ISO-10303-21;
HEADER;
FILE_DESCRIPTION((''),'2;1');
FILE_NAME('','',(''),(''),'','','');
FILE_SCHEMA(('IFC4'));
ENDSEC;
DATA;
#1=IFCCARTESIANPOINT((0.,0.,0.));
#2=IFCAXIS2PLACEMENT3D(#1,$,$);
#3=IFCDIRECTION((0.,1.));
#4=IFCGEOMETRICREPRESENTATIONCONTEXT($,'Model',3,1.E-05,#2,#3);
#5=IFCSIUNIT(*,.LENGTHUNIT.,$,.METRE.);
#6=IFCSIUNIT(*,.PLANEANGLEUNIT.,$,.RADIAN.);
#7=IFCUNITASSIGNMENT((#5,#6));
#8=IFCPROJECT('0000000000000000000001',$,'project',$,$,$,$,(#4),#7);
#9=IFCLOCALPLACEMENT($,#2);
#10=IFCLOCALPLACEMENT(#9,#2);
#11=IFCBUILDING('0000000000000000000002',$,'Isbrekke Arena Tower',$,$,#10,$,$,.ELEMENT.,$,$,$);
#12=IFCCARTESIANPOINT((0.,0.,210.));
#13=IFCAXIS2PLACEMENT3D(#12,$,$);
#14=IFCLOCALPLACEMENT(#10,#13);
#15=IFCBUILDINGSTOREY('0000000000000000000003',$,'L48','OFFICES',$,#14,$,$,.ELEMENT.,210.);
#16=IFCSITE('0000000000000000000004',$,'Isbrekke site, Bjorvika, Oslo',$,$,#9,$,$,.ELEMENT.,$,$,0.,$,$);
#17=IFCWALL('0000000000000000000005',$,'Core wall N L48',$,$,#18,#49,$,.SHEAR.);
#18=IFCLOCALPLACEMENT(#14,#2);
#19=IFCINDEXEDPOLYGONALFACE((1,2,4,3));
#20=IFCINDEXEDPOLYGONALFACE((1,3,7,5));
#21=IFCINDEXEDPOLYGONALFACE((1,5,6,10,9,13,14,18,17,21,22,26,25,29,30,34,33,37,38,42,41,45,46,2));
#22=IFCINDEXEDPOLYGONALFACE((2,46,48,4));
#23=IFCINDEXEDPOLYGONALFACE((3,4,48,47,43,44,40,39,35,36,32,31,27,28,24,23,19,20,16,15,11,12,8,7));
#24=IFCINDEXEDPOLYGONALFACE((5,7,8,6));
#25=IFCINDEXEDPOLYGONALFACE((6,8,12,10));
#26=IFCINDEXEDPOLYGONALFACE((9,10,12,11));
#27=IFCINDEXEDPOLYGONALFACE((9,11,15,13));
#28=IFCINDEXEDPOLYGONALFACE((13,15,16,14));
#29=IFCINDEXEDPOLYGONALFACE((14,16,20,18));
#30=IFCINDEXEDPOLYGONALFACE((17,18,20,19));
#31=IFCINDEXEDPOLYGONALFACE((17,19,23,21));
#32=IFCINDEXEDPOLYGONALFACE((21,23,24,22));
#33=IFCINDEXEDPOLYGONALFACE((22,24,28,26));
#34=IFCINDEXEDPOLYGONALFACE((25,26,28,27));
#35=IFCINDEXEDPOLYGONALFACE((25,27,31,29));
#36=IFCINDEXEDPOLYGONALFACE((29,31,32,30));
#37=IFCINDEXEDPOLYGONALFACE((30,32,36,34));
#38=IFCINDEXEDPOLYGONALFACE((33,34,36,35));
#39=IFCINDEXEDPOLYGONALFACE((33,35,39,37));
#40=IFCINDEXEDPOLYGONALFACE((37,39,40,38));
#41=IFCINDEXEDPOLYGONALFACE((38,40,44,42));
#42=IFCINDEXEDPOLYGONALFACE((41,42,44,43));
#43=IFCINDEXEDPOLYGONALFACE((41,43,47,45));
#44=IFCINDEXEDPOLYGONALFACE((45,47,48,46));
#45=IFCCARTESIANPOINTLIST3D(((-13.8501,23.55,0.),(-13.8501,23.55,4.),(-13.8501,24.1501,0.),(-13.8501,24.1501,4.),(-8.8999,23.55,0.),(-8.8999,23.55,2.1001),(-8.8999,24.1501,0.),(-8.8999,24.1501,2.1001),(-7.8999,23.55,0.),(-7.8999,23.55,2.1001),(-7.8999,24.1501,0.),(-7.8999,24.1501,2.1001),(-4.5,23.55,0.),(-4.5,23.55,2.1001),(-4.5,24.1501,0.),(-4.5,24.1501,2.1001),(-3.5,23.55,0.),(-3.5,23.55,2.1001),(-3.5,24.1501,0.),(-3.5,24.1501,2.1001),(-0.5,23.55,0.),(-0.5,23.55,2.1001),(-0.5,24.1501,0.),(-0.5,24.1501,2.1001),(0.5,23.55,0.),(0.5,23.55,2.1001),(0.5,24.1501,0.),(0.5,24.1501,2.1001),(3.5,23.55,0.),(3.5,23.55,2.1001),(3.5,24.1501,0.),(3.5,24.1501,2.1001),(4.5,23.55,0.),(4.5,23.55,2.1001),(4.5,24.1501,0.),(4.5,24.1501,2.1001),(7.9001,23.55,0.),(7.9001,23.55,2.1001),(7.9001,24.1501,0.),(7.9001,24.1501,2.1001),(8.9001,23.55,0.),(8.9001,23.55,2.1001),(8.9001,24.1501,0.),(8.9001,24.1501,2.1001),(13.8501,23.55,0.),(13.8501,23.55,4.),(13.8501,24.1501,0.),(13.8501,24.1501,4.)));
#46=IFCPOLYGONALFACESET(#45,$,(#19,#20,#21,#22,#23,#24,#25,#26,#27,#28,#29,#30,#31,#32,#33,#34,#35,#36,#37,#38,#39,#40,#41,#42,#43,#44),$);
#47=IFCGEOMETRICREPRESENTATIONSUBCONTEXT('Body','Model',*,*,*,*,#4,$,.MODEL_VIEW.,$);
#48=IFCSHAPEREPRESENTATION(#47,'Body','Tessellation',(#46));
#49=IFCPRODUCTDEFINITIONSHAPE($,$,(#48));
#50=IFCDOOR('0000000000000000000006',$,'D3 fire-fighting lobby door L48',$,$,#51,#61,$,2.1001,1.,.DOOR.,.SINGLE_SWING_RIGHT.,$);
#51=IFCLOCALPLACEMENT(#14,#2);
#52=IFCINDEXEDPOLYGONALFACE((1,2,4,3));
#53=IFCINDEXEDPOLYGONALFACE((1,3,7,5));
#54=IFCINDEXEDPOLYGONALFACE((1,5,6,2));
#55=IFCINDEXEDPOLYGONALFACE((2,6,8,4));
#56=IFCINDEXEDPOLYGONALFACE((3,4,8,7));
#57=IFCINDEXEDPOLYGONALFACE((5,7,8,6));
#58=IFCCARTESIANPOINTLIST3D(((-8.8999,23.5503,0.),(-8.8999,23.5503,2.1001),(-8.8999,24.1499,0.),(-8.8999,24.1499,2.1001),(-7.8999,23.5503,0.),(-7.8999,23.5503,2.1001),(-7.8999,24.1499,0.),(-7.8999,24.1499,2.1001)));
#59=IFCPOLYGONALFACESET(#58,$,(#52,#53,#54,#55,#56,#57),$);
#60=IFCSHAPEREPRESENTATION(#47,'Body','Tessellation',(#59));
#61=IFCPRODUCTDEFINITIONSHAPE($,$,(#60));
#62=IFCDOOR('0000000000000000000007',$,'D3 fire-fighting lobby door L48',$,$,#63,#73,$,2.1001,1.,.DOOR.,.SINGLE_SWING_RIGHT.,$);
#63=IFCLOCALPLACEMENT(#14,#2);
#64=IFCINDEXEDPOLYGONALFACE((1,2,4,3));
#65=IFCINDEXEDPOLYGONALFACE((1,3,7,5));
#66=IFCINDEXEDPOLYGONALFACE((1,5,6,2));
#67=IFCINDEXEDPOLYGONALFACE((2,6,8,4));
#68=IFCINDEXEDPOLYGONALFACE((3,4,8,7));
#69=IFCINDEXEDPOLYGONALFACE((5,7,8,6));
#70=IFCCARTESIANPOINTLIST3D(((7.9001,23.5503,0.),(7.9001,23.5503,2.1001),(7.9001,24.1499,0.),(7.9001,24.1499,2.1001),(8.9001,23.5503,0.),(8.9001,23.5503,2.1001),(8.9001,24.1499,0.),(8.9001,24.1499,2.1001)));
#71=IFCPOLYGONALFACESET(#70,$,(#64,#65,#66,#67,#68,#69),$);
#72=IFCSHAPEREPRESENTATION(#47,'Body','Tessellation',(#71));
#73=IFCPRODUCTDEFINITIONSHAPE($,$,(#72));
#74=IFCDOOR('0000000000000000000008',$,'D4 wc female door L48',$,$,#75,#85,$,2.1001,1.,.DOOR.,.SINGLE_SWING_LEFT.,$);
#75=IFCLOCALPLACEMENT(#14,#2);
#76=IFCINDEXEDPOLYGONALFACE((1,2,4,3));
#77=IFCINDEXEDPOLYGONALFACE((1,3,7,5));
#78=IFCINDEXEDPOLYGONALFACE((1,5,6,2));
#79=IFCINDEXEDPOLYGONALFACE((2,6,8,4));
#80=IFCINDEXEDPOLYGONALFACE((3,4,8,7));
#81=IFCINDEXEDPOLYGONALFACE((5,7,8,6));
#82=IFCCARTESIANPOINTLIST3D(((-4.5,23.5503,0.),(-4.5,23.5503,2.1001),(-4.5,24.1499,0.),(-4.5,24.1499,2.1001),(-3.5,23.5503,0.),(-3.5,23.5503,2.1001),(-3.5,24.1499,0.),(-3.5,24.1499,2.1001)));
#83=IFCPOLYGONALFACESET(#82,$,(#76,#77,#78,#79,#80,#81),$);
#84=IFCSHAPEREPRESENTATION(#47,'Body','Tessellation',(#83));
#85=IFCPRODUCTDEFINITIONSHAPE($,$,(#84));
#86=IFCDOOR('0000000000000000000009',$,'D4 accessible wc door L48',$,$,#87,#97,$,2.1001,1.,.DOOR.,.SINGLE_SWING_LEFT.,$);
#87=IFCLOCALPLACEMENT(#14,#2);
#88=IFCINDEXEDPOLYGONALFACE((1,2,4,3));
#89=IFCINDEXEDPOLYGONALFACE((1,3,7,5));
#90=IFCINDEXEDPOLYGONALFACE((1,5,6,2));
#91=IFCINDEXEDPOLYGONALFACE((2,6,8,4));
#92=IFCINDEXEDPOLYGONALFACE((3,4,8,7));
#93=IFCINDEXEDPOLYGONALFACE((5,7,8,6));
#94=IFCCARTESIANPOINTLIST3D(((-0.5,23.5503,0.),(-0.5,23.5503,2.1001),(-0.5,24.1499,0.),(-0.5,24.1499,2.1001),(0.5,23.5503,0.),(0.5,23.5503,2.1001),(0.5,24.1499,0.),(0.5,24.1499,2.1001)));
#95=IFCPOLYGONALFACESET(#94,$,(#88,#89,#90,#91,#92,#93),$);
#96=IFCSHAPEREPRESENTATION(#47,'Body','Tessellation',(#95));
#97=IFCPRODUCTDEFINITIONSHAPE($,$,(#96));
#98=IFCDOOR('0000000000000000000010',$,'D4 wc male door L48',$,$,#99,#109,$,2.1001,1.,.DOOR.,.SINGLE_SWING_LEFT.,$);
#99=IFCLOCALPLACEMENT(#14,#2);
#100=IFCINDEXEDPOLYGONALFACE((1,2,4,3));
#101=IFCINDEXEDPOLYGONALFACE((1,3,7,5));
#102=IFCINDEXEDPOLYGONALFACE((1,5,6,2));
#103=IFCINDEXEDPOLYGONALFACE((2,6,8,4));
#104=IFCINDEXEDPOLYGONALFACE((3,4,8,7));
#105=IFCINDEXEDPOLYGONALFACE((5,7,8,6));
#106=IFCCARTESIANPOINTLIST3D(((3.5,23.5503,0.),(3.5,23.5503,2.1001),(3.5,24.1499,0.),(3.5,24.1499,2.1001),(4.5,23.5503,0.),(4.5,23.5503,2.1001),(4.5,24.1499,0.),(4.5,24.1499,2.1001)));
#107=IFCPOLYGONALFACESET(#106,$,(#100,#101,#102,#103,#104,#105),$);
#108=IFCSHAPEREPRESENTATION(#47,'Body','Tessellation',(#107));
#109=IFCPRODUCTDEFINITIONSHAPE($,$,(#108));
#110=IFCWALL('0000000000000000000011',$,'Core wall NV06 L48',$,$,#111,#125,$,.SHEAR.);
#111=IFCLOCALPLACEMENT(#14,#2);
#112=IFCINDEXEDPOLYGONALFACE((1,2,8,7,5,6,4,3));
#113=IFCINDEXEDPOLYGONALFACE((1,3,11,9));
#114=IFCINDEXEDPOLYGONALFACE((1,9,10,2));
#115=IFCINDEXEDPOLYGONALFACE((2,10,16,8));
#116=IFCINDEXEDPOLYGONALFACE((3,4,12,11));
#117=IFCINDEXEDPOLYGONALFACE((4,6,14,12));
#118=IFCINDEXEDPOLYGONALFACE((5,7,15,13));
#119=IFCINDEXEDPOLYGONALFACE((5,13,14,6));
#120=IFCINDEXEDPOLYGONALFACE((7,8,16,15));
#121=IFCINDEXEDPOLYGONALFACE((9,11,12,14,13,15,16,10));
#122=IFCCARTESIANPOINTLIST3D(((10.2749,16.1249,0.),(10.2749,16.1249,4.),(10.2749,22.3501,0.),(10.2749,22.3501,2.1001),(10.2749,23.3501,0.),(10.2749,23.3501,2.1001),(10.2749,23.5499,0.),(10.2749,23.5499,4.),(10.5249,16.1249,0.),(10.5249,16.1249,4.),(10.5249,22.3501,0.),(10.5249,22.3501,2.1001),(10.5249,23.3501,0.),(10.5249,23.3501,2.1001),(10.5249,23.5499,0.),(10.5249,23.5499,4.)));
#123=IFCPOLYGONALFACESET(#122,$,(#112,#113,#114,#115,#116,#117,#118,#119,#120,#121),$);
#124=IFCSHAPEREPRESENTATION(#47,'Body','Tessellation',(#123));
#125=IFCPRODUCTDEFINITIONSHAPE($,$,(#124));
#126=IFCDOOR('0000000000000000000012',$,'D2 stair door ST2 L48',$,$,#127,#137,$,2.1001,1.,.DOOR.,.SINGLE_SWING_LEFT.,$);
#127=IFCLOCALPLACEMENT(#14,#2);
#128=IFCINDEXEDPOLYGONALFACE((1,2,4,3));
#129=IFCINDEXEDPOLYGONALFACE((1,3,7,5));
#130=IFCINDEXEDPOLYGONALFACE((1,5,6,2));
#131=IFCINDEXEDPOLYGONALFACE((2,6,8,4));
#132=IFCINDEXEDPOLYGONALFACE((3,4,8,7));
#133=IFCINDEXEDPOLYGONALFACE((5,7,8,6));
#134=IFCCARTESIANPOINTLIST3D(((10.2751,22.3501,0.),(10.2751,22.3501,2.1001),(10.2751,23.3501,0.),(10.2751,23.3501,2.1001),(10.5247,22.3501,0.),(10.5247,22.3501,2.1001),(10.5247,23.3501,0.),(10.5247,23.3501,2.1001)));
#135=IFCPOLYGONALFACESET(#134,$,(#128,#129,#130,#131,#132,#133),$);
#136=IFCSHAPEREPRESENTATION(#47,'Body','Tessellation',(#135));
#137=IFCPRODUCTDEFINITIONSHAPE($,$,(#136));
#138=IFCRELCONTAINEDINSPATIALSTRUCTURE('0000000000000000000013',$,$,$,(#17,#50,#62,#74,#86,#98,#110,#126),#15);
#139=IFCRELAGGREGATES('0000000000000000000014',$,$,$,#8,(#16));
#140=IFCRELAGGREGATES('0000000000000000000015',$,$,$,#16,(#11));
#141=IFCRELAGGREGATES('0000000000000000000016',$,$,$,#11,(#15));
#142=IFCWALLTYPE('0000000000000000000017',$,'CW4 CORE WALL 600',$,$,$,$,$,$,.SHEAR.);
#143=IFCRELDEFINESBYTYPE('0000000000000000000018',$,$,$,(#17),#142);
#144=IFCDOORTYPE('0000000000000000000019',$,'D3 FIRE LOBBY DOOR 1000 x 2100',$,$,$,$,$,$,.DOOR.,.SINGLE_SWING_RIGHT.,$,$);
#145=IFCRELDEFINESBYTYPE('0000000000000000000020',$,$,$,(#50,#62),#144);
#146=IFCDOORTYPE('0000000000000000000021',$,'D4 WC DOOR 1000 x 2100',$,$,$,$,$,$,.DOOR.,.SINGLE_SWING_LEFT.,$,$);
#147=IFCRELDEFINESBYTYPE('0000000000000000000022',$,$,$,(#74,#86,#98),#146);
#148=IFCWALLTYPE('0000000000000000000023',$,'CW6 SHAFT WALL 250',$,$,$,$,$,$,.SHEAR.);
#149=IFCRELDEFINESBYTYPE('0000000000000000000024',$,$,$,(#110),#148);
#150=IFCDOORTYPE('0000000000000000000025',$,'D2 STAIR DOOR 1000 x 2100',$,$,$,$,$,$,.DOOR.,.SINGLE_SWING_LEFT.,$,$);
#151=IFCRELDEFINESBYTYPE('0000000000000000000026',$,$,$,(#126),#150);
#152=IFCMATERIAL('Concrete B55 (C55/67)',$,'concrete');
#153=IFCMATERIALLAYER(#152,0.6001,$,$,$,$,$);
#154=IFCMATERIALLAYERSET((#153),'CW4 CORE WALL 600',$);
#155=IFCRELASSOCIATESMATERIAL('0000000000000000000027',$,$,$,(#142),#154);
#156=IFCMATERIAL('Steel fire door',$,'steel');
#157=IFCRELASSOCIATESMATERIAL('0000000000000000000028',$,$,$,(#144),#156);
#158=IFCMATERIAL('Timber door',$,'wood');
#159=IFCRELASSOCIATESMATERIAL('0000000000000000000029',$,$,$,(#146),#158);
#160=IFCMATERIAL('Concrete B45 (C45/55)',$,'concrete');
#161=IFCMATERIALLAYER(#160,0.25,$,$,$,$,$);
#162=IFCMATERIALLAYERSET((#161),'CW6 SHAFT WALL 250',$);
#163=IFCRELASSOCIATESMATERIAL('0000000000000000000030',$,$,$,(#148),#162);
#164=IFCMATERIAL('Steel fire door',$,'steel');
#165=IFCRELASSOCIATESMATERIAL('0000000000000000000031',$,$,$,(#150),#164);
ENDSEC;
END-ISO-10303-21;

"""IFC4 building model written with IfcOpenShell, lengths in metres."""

from ifc_helpers import new_model, si_unit, direction, frame, frame_2d, origin, place, context, subcontext, project, spatial, rectangle, extrude, material, layer, layer_set, type_object, element, fill, save


model = new_model("IFC4")

# Units and contexts
model_context = context("Model", 3, precision=1e-05, world=origin(), true_north=direction((0.0, 1.0)))
body_context = subcontext(model_context, "Body", "Model", "MODEL_VIEW")
ifc_project = project(units=[si_unit("LENGTHUNIT", "METRE"), si_unit("PLANEANGLEUNIT", "RADIAN")], contexts=[model_context])

# Site, building, storey
site_placement = place(None, origin())
site = spatial("IfcSite", under=ifc_project, at=site_placement, Name="Isbrekke site, Bjorvika, Oslo", CompositionType="ELEMENT", RefElevation=0.0)
building_placement = place(site_placement, origin())
building = spatial("IfcBuilding", under=site, at=building_placement, Name="Isbrekke Arena Tower", CompositionType="ELEMENT")
storey_placement = place(building_placement, frame((0.0, 0.0, 210.0)))
storey = spatial("IfcBuildingStorey", under=building, at=storey_placement, Name="L48", Description="OFFICES", CompositionType="ELEMENT", Elevation=210.0)

# Wall, openings, doors
ifc_material_1 = material(Name="Concrete B55 (C55/67)", Category="concrete")
ifc_layer_1 = layer(ifc_material_1, 0.6001)
ifc_layer_set_1 = layer_set([ifc_layer_1], Name="CW4 CORE WALL 600")
wall_type_1 = type_object("IfcWallType", Name="CW4 CORE WALL 600", PredefinedType="SHEAR", material=ifc_layer_set_1)
wall_1_placement = place(storey_placement, frame((13.8501, 23.8501, 0.0), z_axis=(0.0, 0.0, 1.0), x_axis=(-1.0, 0.0, 0.0)))
wall_1 = element("IfcWall", 1, at=wall_1_placement, inside=storey, type_object=wall_type_1, Name="Core wall N L48", PredefinedType="SHEAR", context=body_context, shape_type="SweptSolid", body=[
    extrude(rectangle(XDim=27.7002, YDim=0.6001, at=frame_2d((13.8501, 0.0))), origin(), (0.0, 0.0, 1.0), 4.0),
])
opening_1_placement = place(wall_1_placement, frame((21.75, 0.0, 0.0)))
opening_1 = element("IfcOpeningElement", 2, at=opening_1_placement, cuts=wall_1, PredefinedType="OPENING", context=body_context, shape_type="SweptSolid", body=[
    extrude(rectangle(XDim=1.0, YDim=2.1001, at=frame_2d((0.5, 1.05))), frame((0.0, 0.3149, 0.0), z_axis=(0.0, -1.0, 0.0), x_axis=(1.0, 0.0, 0.0)), (0.0, 0.0, 1.0), 0.6299),
])
opening_2_placement = place(wall_1_placement, frame((4.95, 0.0, 0.0)))
opening_2 = element("IfcOpeningElement", 3, at=opening_2_placement, cuts=wall_1, PredefinedType="OPENING", context=body_context, shape_type="SweptSolid", body=[
    extrude(rectangle(XDim=1.0, YDim=2.1001, at=frame_2d((0.5, 1.05))), frame((0.0, 0.3149, 0.0), z_axis=(0.0, -1.0, 0.0), x_axis=(1.0, 0.0, 0.0)), (0.0, 0.0, 1.0), 0.6299),
])
opening_3_placement = place(wall_1_placement, frame((17.3501, 0.0, 0.0)))
opening_3 = element("IfcOpeningElement", 4, at=opening_3_placement, cuts=wall_1, PredefinedType="OPENING", context=body_context, shape_type="SweptSolid", body=[
    extrude(rectangle(XDim=1.0, YDim=2.1001, at=frame_2d((0.5, 1.05))), frame((0.0, 0.3149, 0.0), z_axis=(0.0, -1.0, 0.0), x_axis=(1.0, 0.0, 0.0)), (0.0, 0.0, 1.0), 0.6299),
])
opening_4_placement = place(wall_1_placement, frame((13.3501, 0.0, 0.0)))
opening_4 = element("IfcOpeningElement", 5, at=opening_4_placement, cuts=wall_1, PredefinedType="OPENING", context=body_context, shape_type="SweptSolid", body=[
    extrude(rectangle(XDim=1.0, YDim=2.1001, at=frame_2d((0.5, 1.05))), frame((0.0, 0.3149, 0.0), z_axis=(0.0, -1.0, 0.0), x_axis=(1.0, 0.0, 0.0)), (0.0, 0.0, 1.0), 0.6299),
])
opening_5_placement = place(wall_1_placement, frame((9.3501, 0.0, 0.0)))
opening_5 = element("IfcOpeningElement", 6, at=opening_5_placement, cuts=wall_1, PredefinedType="OPENING", context=body_context, shape_type="SweptSolid", body=[
    extrude(rectangle(XDim=1.0, YDim=2.1001, at=frame_2d((0.5, 1.05))), frame((0.0, 0.3149, 0.0), z_axis=(0.0, -1.0, 0.0), x_axis=(1.0, 0.0, 0.0)), (0.0, 0.0, 1.0), 0.6299),
])
ifc_material_2 = material(Name="Steel fire door", Category="steel")
door_type_1 = type_object("IfcDoorType", Name="D3 FIRE LOBBY DOOR 1000 x 2100", OperationType="SINGLE_SWING_RIGHT", PredefinedType="DOOR", material=ifc_material_2)
door_1_placement = place(opening_1_placement, origin())
door_1 = element("IfcDoor", 7, at=door_1_placement, inside=storey, type_object=door_type_1, Name="D3 fire-fighting lobby door L48", OperationType="SINGLE_SWING_RIGHT", OverallHeight=2.1001, OverallWidth=1.0, PredefinedType="DOOR", context=body_context, shape_type="SweptSolid", body=[
    extrude(rectangle(XDim=1.0, YDim=2.1001, at=frame_2d((0.5, 1.05))), frame((0.0, 0.2998, 0.0), z_axis=(0.0, -1.0, 0.0), x_axis=(1.0, 0.0, 0.0)), (0.0, 0.0, 1.0), 0.5996),
])
fill(opening_1, door_1)
door_2_placement = place(opening_2_placement, origin())
door_2 = element("IfcDoor", 8, at=door_2_placement, inside=storey, type_object=door_type_1, Name="D3 fire-fighting lobby door L48", OperationType="SINGLE_SWING_RIGHT", OverallHeight=2.1001, OverallWidth=1.0, PredefinedType="DOOR", context=body_context, shape_type="SweptSolid", body=[
    extrude(rectangle(XDim=1.0, YDim=2.1001, at=frame_2d((0.5, 1.05))), frame((0.0, 0.2998, 0.0), z_axis=(0.0, -1.0, 0.0), x_axis=(1.0, 0.0, 0.0)), (0.0, 0.0, 1.0), 0.5996),
])
fill(opening_2, door_2)
ifc_material_3 = material(Name="Timber door", Category="wood")
door_type_2 = type_object("IfcDoorType", Name="D4 WC DOOR 1000 x 2100", OperationType="SINGLE_SWING_LEFT", PredefinedType="DOOR", material=ifc_material_3)
door_3_placement = place(opening_3_placement, origin())
door_3 = element("IfcDoor", 9, at=door_3_placement, inside=storey, type_object=door_type_2, Name="D4 wc female door L48", OperationType="SINGLE_SWING_LEFT", OverallHeight=2.1001, OverallWidth=1.0, PredefinedType="DOOR", context=body_context, shape_type="SweptSolid", body=[
    extrude(rectangle(XDim=1.0, YDim=2.1001, at=frame_2d((0.5, 1.05))), frame((0.0, 0.2998, 0.0), z_axis=(0.0, -1.0, 0.0), x_axis=(1.0, 0.0, 0.0)), (0.0, 0.0, 1.0), 0.5996),
])
fill(opening_3, door_3)
door_4_placement = place(opening_4_placement, origin())
door_4 = element("IfcDoor", 10, at=door_4_placement, inside=storey, type_object=door_type_2, Name="D4 accessible wc door L48", OperationType="SINGLE_SWING_LEFT", OverallHeight=2.1001, OverallWidth=1.0, PredefinedType="DOOR", context=body_context, shape_type="SweptSolid", body=[
    extrude(rectangle(XDim=1.0, YDim=2.1001, at=frame_2d((0.5, 1.05))), frame((0.0, 0.2998, 0.0), z_axis=(0.0, -1.0, 0.0), x_axis=(1.0, 0.0, 0.0)), (0.0, 0.0, 1.0), 0.5996),
])
fill(opening_4, door_4)
door_5_placement = place(opening_5_placement, origin())
door_5 = element("IfcDoor", 11, at=door_5_placement, inside=storey, type_object=door_type_2, Name="D4 wc male door L48", OperationType="SINGLE_SWING_LEFT", OverallHeight=2.1001, OverallWidth=1.0, PredefinedType="DOOR", context=body_context, shape_type="SweptSolid", body=[
    extrude(rectangle(XDim=1.0, YDim=2.1001, at=frame_2d((0.5, 1.05))), frame((0.0, 0.2998, 0.0), z_axis=(0.0, -1.0, 0.0), x_axis=(1.0, 0.0, 0.0)), (0.0, 0.0, 1.0), 0.5996),
])
fill(opening_5, door_5)

# Wall, opening, door
ifc_material_4 = material(Name="Concrete B45 (C45/55)", Category="concrete")
ifc_layer_2 = layer(ifc_material_4, 0.25)
ifc_layer_set_2 = layer_set([ifc_layer_2], Name="CW6 SHAFT WALL 250")
wall_type_2 = type_object("IfcWallType", Name="CW6 SHAFT WALL 250", PredefinedType="SHEAR", material=ifc_layer_set_2)
wall_2_placement = place(storey_placement, frame((10.3999, 16.125, 0.0), z_axis=(0.0, 0.0, 1.0), x_axis=(0.0, 1.0, 0.0)))
wall_2 = element("IfcWall", 12, at=wall_2_placement, inside=storey, type_object=wall_type_2, Name="Core wall NV06 L48", PredefinedType="SHEAR", context=body_context, shape_type="SweptSolid", body=[
    extrude(rectangle(XDim=7.425, YDim=0.25, at=frame_2d((3.7124, 0.0))), origin(), (0.0, 0.0, 1.0), 4.0),
])
opening_6_placement = place(wall_2_placement, frame((6.2251, 0.0, 0.0)))
opening_6 = element("IfcOpeningElement", 13, at=opening_6_placement, cuts=wall_2, PredefinedType="OPENING", context=body_context, shape_type="SweptSolid", body=[
    extrude(rectangle(XDim=1.0, YDim=2.1001, at=frame_2d((0.5, 1.05))), frame((0.0, 0.1399, 0.0), z_axis=(0.0, -1.0, 0.0), x_axis=(1.0, 0.0, 0.0)), (0.0, 0.0, 1.0), 0.2798),
])
ifc_material_5 = material(Name="Steel fire door", Category="steel")
door_type_3 = type_object("IfcDoorType", Name="D2 STAIR DOOR 1000 x 2100", OperationType="SINGLE_SWING_LEFT", PredefinedType="DOOR", material=ifc_material_5)
door_6_placement = place(opening_6_placement, origin())
door_6 = element("IfcDoor", 14, at=door_6_placement, inside=storey, type_object=door_type_3, Name="D2 stair door ST2 L48", OperationType="SINGLE_SWING_LEFT", OverallHeight=2.1001, OverallWidth=1.0, PredefinedType="DOOR", context=body_context, shape_type="SweptSolid", body=[
    extrude(rectangle(XDim=1.0, YDim=2.1001, at=frame_2d((0.5, 1.05))), frame((0.0, 0.1248, 0.0), z_axis=(0.0, -1.0, 0.0), x_axis=(1.0, 0.0, 0.0)), (0.0, 0.0, 1.0), 0.2495),
])
fill(opening_6, door_6)

save(model, "model.ifc")
